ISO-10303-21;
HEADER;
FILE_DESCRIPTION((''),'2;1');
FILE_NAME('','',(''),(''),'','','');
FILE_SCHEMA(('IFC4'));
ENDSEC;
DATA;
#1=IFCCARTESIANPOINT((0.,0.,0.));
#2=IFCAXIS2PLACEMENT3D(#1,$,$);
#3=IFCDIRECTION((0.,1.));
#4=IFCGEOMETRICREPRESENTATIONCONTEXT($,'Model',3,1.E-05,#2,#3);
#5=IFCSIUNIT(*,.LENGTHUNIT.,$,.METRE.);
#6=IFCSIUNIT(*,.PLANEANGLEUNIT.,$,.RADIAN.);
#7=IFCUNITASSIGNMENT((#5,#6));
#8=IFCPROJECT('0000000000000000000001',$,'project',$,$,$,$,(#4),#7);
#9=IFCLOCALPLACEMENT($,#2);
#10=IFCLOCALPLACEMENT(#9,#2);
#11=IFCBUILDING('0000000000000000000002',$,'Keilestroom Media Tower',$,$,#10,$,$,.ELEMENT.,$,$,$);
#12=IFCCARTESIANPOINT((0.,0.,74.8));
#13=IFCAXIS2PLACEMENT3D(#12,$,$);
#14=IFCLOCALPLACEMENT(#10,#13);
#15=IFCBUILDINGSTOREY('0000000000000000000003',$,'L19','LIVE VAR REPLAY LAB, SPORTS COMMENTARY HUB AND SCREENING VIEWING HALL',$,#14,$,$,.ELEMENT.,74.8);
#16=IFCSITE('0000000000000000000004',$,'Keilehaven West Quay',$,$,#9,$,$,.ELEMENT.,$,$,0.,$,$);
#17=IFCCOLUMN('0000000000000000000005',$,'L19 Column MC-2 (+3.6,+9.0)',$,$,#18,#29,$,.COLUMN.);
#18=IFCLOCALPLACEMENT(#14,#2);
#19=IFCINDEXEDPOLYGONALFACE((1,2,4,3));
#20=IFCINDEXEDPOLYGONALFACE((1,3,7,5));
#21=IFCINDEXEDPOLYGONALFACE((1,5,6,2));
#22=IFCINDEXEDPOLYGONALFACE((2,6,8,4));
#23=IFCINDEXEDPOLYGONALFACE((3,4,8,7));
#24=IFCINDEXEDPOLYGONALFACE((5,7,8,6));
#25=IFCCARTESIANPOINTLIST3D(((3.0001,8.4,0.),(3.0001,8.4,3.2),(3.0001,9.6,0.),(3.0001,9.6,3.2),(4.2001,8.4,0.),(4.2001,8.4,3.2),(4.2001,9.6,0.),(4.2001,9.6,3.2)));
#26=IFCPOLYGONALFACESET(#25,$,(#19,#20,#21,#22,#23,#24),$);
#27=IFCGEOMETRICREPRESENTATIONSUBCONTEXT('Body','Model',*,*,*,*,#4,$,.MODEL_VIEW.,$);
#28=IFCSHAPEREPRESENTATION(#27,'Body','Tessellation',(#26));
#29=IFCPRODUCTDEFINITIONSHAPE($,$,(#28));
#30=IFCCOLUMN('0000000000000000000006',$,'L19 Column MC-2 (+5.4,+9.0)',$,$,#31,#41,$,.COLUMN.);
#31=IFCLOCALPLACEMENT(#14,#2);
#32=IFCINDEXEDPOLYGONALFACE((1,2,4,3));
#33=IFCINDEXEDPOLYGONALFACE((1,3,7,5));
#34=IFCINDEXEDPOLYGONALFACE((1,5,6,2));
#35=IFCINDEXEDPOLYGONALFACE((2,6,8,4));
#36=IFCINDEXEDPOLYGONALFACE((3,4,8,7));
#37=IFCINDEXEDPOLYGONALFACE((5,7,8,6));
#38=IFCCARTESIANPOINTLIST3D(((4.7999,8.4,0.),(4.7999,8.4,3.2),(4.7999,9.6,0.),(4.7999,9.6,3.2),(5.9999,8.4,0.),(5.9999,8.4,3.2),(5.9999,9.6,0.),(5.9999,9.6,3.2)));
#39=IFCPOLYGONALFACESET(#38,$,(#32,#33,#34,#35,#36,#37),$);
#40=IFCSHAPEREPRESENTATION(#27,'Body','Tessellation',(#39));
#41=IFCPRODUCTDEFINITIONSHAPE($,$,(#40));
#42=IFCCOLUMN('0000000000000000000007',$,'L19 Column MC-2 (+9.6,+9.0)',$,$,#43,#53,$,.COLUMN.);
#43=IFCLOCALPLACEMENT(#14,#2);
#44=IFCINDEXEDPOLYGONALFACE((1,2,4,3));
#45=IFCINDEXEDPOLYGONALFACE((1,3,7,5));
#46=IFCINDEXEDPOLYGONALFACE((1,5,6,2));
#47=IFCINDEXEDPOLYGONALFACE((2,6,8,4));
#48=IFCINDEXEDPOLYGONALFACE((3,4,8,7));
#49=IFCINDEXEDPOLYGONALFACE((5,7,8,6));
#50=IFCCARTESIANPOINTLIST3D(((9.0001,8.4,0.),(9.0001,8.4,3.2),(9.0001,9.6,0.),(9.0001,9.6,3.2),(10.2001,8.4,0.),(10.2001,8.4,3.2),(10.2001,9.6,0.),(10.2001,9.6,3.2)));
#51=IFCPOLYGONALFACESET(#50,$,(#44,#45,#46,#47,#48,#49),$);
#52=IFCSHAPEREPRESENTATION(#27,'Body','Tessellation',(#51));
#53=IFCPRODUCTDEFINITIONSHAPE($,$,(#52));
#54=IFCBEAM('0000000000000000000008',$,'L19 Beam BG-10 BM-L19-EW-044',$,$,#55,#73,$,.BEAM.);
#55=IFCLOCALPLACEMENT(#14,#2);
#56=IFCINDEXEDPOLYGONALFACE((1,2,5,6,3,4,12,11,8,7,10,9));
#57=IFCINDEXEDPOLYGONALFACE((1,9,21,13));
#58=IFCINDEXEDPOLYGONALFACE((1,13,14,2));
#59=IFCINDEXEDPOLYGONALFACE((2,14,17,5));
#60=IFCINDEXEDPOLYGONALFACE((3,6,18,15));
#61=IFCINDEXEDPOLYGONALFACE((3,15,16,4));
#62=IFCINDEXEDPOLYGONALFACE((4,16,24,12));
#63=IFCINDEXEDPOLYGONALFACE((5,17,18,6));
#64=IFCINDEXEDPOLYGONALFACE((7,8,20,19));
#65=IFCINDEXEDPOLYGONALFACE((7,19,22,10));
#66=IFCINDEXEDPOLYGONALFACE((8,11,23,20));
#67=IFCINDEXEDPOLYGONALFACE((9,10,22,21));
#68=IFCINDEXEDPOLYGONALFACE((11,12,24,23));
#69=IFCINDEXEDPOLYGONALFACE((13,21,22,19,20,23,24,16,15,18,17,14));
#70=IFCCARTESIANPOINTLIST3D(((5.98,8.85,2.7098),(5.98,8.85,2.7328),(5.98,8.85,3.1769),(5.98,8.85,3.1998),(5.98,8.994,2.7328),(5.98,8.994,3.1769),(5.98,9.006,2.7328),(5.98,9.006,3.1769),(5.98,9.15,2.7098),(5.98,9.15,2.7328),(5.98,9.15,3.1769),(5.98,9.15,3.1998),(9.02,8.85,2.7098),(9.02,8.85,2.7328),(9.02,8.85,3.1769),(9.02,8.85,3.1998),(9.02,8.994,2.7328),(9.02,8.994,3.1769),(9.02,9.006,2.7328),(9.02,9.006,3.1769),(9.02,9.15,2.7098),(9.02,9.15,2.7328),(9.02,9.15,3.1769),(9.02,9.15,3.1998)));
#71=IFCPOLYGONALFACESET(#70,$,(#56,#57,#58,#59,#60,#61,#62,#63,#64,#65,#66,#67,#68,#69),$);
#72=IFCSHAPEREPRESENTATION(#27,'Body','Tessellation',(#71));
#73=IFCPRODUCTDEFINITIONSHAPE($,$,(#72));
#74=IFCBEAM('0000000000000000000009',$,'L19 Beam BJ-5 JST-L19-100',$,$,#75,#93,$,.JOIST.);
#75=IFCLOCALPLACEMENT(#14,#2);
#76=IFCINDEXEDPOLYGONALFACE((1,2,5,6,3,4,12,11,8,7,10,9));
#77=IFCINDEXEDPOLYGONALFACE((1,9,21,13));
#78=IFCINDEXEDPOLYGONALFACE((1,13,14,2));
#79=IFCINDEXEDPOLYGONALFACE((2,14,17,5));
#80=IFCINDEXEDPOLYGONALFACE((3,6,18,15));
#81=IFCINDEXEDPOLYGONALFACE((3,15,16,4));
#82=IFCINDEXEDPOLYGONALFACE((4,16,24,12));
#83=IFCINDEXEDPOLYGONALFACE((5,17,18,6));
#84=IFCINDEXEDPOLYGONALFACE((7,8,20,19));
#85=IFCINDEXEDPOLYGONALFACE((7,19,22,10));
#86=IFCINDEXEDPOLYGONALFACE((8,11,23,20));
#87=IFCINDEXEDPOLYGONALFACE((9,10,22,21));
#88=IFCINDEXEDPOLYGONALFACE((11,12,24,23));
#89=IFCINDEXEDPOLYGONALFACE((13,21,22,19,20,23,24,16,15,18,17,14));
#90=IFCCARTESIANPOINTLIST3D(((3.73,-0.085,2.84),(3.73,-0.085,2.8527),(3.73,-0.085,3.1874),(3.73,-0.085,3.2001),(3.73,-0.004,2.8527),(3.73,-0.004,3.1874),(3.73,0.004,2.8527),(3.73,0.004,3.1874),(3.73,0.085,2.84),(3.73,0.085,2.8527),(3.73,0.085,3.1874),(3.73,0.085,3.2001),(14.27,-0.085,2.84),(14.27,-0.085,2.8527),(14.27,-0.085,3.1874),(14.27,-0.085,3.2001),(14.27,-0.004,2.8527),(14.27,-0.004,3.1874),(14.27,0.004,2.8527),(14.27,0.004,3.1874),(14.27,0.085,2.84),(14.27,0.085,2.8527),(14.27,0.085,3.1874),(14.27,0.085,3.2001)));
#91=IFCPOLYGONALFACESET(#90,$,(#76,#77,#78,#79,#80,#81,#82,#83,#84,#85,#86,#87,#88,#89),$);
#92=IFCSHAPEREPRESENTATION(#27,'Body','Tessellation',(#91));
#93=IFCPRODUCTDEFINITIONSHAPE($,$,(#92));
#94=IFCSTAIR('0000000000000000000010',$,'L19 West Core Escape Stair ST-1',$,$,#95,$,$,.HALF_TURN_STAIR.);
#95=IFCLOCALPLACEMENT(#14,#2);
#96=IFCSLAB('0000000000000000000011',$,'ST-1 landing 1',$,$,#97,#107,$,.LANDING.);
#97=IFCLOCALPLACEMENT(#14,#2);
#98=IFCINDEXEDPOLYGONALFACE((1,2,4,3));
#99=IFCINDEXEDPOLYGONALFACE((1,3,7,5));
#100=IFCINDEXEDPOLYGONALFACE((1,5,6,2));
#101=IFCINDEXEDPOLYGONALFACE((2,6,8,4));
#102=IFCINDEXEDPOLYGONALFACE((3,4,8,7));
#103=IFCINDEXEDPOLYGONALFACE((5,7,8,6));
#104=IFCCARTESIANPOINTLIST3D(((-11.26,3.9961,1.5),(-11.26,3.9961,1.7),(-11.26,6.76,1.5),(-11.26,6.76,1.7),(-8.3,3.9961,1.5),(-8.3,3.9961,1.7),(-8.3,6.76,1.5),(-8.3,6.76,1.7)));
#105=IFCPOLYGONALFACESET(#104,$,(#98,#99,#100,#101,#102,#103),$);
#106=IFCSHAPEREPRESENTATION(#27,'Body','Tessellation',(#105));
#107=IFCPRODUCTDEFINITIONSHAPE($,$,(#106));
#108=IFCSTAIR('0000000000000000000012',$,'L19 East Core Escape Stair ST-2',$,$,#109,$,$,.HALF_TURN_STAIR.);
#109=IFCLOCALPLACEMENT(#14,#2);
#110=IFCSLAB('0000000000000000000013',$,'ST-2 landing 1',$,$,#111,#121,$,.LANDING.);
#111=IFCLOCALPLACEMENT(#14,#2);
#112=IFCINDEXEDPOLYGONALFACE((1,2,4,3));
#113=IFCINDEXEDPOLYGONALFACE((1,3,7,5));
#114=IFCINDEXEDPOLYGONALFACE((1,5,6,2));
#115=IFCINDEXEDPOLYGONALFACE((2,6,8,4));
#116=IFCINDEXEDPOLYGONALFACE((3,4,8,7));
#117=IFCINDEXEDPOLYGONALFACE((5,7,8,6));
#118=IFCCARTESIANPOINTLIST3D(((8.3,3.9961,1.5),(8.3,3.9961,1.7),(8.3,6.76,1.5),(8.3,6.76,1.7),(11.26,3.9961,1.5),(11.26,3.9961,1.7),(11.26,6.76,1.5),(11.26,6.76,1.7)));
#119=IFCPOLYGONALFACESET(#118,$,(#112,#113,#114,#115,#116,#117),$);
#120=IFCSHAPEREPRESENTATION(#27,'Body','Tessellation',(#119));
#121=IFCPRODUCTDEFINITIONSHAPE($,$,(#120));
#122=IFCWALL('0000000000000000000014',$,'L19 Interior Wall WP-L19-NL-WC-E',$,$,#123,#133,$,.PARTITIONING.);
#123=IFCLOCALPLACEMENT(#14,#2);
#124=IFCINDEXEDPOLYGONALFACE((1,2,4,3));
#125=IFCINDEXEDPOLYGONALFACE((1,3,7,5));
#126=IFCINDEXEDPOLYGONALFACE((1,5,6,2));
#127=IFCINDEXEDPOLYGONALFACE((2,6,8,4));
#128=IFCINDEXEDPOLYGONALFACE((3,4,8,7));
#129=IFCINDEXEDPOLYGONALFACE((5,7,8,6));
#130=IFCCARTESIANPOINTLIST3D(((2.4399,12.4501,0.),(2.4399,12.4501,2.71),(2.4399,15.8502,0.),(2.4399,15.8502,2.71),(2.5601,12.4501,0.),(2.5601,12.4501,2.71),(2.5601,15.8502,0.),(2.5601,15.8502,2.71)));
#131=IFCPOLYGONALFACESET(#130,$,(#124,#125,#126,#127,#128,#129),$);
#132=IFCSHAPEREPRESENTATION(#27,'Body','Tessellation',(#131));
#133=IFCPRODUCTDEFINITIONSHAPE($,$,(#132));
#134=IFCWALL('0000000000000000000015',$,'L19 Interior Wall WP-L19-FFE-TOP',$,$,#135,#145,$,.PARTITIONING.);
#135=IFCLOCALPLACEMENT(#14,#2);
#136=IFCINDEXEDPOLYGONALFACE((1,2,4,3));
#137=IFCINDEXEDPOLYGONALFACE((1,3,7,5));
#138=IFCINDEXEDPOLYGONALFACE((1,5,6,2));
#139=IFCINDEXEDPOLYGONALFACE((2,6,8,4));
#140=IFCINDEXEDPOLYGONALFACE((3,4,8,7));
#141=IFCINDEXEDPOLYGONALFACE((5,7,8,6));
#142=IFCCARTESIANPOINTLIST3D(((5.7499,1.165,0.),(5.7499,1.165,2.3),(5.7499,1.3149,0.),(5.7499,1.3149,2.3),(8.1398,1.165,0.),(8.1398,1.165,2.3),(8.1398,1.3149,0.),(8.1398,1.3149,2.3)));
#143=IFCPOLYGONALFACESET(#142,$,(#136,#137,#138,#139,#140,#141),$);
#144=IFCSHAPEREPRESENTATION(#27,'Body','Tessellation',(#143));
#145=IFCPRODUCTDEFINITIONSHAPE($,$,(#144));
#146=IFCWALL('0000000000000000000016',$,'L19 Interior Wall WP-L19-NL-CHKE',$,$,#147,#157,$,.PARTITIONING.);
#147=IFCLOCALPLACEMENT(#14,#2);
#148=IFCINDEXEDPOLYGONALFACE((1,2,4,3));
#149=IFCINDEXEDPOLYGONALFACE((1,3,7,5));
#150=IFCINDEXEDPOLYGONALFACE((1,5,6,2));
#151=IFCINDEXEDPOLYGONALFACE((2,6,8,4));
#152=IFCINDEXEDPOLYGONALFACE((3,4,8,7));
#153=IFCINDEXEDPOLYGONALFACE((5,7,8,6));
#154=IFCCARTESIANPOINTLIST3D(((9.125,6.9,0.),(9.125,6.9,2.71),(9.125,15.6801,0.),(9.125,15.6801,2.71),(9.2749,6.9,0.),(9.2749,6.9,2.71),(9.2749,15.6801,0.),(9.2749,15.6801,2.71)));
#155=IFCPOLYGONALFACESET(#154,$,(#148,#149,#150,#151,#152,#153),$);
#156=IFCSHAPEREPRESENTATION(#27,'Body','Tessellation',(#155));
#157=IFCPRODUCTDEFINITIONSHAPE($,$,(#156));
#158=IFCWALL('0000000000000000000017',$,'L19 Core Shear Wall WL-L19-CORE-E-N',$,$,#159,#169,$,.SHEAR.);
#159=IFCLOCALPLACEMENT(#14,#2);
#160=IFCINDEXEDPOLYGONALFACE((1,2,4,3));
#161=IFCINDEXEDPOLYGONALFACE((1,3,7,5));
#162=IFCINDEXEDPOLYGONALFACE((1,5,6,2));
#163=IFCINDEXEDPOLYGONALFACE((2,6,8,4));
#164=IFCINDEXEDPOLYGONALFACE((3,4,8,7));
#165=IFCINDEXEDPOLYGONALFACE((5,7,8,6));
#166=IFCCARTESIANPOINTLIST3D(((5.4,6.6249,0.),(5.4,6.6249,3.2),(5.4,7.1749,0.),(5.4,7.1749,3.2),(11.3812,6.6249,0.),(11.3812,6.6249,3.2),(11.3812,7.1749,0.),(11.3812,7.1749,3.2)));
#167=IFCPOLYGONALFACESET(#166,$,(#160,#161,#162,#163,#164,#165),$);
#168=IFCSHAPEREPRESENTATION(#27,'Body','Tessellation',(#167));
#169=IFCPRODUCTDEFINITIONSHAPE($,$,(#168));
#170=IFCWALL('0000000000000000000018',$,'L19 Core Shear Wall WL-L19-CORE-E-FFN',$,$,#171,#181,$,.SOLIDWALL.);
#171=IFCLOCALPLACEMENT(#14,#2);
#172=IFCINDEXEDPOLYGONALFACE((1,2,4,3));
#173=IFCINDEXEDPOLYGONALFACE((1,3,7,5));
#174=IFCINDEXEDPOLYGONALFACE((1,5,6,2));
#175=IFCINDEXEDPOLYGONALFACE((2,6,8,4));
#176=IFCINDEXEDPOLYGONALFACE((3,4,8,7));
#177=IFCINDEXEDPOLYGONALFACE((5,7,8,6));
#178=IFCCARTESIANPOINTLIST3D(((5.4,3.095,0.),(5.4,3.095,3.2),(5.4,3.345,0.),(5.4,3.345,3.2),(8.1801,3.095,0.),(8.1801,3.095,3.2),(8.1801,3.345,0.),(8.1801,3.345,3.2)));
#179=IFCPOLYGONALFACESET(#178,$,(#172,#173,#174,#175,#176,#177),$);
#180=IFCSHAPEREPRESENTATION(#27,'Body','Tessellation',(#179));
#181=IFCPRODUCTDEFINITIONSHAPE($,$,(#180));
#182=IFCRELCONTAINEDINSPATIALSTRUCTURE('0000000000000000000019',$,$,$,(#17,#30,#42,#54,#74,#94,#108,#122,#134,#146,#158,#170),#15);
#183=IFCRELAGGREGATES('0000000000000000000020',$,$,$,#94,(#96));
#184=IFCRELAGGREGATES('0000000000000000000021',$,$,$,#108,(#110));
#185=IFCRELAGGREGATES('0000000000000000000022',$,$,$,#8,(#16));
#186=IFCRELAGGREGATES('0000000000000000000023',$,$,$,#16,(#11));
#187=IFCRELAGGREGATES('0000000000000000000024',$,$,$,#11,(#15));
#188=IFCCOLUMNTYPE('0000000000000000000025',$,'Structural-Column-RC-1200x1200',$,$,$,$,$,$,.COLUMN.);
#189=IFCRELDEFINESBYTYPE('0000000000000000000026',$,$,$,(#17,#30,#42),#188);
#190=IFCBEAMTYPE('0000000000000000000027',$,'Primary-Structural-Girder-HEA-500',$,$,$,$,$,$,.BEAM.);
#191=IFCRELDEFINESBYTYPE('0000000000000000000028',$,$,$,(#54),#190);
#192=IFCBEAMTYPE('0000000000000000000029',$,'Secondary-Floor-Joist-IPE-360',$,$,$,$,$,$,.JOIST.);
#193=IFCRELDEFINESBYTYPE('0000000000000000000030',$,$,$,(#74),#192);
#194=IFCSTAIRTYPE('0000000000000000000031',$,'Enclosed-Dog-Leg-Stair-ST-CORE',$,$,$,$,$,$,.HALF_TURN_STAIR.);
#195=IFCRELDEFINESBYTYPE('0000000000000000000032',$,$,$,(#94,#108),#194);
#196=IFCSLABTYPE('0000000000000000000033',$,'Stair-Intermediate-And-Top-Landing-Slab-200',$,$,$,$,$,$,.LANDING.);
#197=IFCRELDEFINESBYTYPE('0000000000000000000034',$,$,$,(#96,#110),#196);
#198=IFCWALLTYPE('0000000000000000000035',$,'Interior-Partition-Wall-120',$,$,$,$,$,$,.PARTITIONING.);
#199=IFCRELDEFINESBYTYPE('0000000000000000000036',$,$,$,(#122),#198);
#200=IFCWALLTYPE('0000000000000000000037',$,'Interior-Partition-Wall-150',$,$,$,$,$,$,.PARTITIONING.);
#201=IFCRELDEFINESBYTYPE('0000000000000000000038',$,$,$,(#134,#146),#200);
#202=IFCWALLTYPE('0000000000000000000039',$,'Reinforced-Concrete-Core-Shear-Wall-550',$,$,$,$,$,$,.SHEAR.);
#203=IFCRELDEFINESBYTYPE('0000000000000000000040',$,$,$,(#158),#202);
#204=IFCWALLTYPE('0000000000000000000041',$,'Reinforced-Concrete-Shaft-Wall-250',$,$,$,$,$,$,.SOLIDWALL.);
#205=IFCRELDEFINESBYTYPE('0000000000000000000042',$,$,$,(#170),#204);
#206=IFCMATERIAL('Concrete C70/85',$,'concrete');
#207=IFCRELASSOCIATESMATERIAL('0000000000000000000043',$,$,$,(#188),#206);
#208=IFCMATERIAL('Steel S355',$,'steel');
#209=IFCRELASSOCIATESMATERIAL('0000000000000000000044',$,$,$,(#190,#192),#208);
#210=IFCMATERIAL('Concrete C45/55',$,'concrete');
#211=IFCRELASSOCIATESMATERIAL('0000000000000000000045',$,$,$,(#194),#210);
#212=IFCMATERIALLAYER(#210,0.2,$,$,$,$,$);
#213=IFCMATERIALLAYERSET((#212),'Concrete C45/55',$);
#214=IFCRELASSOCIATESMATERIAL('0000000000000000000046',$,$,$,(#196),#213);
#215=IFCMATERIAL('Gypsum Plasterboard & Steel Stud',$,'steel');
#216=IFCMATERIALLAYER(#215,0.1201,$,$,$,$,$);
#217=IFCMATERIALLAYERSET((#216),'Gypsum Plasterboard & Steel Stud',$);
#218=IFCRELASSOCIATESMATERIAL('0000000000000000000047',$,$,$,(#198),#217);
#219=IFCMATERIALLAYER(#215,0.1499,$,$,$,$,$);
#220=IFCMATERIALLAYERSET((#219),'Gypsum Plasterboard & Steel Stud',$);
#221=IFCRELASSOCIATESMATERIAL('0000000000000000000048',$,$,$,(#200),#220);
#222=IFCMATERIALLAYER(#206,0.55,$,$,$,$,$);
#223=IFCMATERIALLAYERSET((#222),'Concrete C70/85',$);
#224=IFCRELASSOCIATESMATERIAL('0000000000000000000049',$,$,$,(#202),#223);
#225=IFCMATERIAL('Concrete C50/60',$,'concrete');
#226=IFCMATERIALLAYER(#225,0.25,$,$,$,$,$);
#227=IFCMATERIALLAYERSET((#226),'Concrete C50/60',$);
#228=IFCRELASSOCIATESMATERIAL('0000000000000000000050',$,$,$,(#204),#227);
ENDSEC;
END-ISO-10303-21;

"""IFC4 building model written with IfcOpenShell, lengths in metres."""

from ifc_helpers import new_model, si_unit, direction, frame, frame_2d, origin, origin_2d, place, context, subcontext, project, spatial, polyline, rectangle, i_section, outline, extrude, source, transform, mapped, material, layer, layer_set, material_profile, profile_set, type_object, element, aggregate, save


model = new_model("IFC4")

# Units and contexts
model_context = context("Model", 3, precision=1e-05, world=origin(), true_north=direction((0.0, 1.0)))
body_context = subcontext(model_context, "Body", "Model", "MODEL_VIEW")
ifc_project = project(units=[si_unit("LENGTHUNIT", "METRE"), si_unit("PLANEANGLEUNIT", "RADIAN")], contexts=[model_context])

# Site, building, storey
site_placement = place(None, origin())
site = spatial("IfcSite", under=ifc_project, at=site_placement, Name="Keilehaven West Quay", CompositionType="ELEMENT", RefElevation=0.0)
building_placement = place(site_placement, origin())
building = spatial("IfcBuilding", under=site, at=building_placement, Name="Keilestroom Media Tower", CompositionType="ELEMENT")
storey_placement = place(building_placement, frame((0.0, 0.0, 74.8)))
storey = spatial("IfcBuildingStorey", under=building, at=storey_placement, Name="L19", Description="LIVE VAR REPLAY LAB, SPORTS COMMENTARY HUB AND SCREENING VIEWING HALL", CompositionType="ELEMENT", Elevation=74.8)

# Columns
ifc_material_1 = material(Name="Concrete C70/85", Category="concrete")
ifc_material_profile_1 = material_profile(ifc_material_1, rectangle(XDim=1.2, YDim=1.2, at=origin_2d()), Name="RC 1200x1200")
ifc_profile_set_1 = profile_set([ifc_material_profile_1], Name="Concrete C70/85")
column_type = type_object("IfcColumnType", Name="Structural-Column-RC-1200x1200", PredefinedType="COLUMN", material=ifc_profile_set_1)
shared_shape_1 = source(origin(), body_context, "Body", "SweptSolid", [
    extrude(rectangle(XDim=1.2, YDim=1.2, at=origin_2d()), origin(), (0.0, 0.0, 1.0), 3.2),
])
for number, where, z_axis, x_axis, name in (
    (1, (3.6001, 9.0, 0.0), (0.0, 0.0, 1.0), (1.0, 0.0, 0.0), "L19 Column MC-2 (+3.6,+9.0)"),
    (2, (5.3999, 9.0, 0.0), (0.0, 0.0, 1.0), (1.0, 0.0, 0.0), "L19 Column MC-2 (+5.4,+9.0)"),
    (3, (9.6001, 9.0, 0.0), (0.0, 0.0, 1.0), (1.0, 0.0, 0.0), "L19 Column MC-2 (+9.6,+9.0)"),
):
    element("IfcColumn", number, at=place(storey_placement, frame(where, z_axis=z_axis, x_axis=x_axis)), inside=storey, type_object=column_type, Name=name, PredefinedType="COLUMN", context=body_context, shape_type="MappedRepresentation", body=[
        mapped(shared_shape_1, transform((0.0, 0.0, 0.0), x_axis=(1.0, 0.0, 0.0), y_axis=(0.0, 1.0, 0.0), z_axis=(0.0, 0.0, 1.0), scale=1.0)),
    ])

# Beams
ifc_material_2 = material(Name="Steel S355", Category="steel")
ifc_material_profile_2 = material_profile(ifc_material_2, i_section(OverallWidth=0.3, OverallDepth=0.49, WebThickness=0.012, FlangeThickness=0.0229, at=origin_2d()), Name="HEA 500")
ifc_profile_set_2 = profile_set([ifc_material_profile_2], Name="Steel S355")
beam_type_1 = type_object("IfcBeamType", Name="Primary-Structural-Girder-HEA-500", PredefinedType="BEAM", material=ifc_profile_set_2)
shared_shape_2 = source(origin(), body_context, "Body", "SweptSolid", [
    extrude(i_section(OverallWidth=0.3, OverallDepth=0.49, WebThickness=0.012, FlangeThickness=0.0229, at=origin_2d()), origin(), (0.0, 0.0, 1.0), 3.04),
])
beam_1_placement = place(storey_placement, frame((5.98, 9.0, 2.9548), z_axis=(1.0, 0.0, 0.0), x_axis=(0.0, 1.0, 0.0)))
element("IfcBeam", 4, at=beam_1_placement, inside=storey, type_object=beam_type_1, Name="L19 Beam BG-10 BM-L19-EW-044", PredefinedType="BEAM", context=body_context, shape_type="MappedRepresentation", body=[
    mapped(shared_shape_2, transform((0.0, 0.0, 0.0), x_axis=(1.0, 0.0, 0.0), y_axis=(0.0, 1.0, 0.0), z_axis=(0.0, 0.0, 1.0), scale=1.0)),
])
ifc_material_profile_3 = material_profile(ifc_material_2, i_section(OverallWidth=0.1699, OverallDepth=0.3601, WebThickness=0.0081, FlangeThickness=0.0127, at=origin_2d()), Name="IPE 360")
ifc_profile_set_3 = profile_set([ifc_material_profile_3], Name="Steel S355")
beam_type_2 = type_object("IfcBeamType", Name="Secondary-Floor-Joist-IPE-360", PredefinedType="JOIST", material=ifc_profile_set_3)
shared_shape_3 = source(origin(), body_context, "Body", "SweptSolid", [
    extrude(i_section(OverallWidth=0.1699, OverallDepth=0.3601, WebThickness=0.0081, FlangeThickness=0.0127, at=origin_2d()), origin(), (0.0, 0.0, 1.0), 10.54),
])
beam_2_placement = place(storey_placement, frame((3.73, 0.0, 3.02), z_axis=(1.0, 0.0, 0.0), x_axis=(0.0, 1.0, 0.0)))
element("IfcBeam", 5, at=beam_2_placement, inside=storey, type_object=beam_type_2, Name="L19 Beam BJ-5 JST-L19-100", PredefinedType="JOIST", context=body_context, shape_type="MappedRepresentation", body=[
    mapped(shared_shape_3, transform((0.0, 0.0, 0.0), x_axis=(1.0, 0.0, 0.0), y_axis=(0.0, 1.0, 0.0), z_axis=(0.0, 0.0, 1.0), scale=1.0)),
])

# Stairs, slabs
ifc_material_3 = material(Name="Concrete C45/55", Category="concrete")
stair_type = type_object("IfcStairType", Name="Enclosed-Dog-Leg-Stair-ST-CORE", PredefinedType="HALF_TURN_STAIR", material=ifc_material_3)
stair_1_placement = place(storey_placement, origin())
stair_1 = element("IfcStair", 6, at=stair_1_placement, inside=storey, type_object=stair_type, Name="L19 West Core Escape Stair ST-1", PredefinedType="HALF_TURN_STAIR")
ifc_layer_1 = layer(ifc_material_3, 0.2)
ifc_layer_set_1 = layer_set([ifc_layer_1], Name="Concrete C45/55")
slab_type = type_object("IfcSlabType", Name="Stair-Intermediate-And-Top-Landing-Slab-200", PredefinedType="LANDING", material=ifc_layer_set_1)
slab_1_placement = place(storey_placement, frame((0.0, 0.0, 1.5)))
slab_1 = element("IfcSlab", 7, at=slab_1_placement, type_object=slab_type, Name="ST-1 landing 1", PredefinedType="LANDING", context=body_context, shape_type="SweptSolid", body=[
    extrude(outline(polyline([(-8.3, 3.9961), (-8.3, 6.76), (-11.26, 6.76), (-11.26, 3.9961), (-8.3, 3.9961)])), origin(), (0.0, 0.0, 1.0), 0.2),
])
aggregate(stair_1, [slab_1])
stair_2_placement = place(storey_placement, origin())
stair_2 = element("IfcStair", 8, at=stair_2_placement, inside=storey, type_object=stair_type, Name="L19 East Core Escape Stair ST-2", PredefinedType="HALF_TURN_STAIR")
slab_2_placement = place(storey_placement, frame((0.0, 0.0, 1.5)))
slab_2 = element("IfcSlab", 9, at=slab_2_placement, type_object=slab_type, Name="ST-2 landing 1", PredefinedType="LANDING", context=body_context, shape_type="SweptSolid", body=[
    extrude(outline(polyline([(11.26, 3.9961), (11.26, 6.76), (8.3, 6.76), (8.3, 3.9961), (11.26, 3.9961)])), origin(), (0.0, 0.0, 1.0), 0.2),
])

# Walls
ifc_material_4 = material(Name="Gypsum Plasterboard & Steel Stud", Category="steel")
ifc_layer_2 = layer(ifc_material_4, 0.1201)
ifc_layer_set_2 = layer_set([ifc_layer_2], Name="Gypsum Plasterboard & Steel Stud")
wall_type_1 = type_object("IfcWallType", Name="Interior-Partition-Wall-120", PredefinedType="PARTITIONING", material=ifc_layer_set_2)
wall_1_placement = place(storey_placement, frame((2.5, 12.45, 0.0), z_axis=(0.0, 0.0, 1.0), x_axis=(0.0, 1.0, 0.0)))
element("IfcWall", 10, at=wall_1_placement, inside=storey, type_object=wall_type_1, Name="L19 Interior Wall WP-L19-NL-WC-E", PredefinedType="PARTITIONING", context=body_context, shape_type="SweptSolid", body=[
    extrude(rectangle(XDim=3.4001, YDim=0.1201, at=frame_2d((1.7002, 0.0))), origin(), (0.0, 0.0, 1.0), 2.71),
])
ifc_layer_3 = layer(ifc_material_4, 0.1499)
ifc_layer_set_3 = layer_set([ifc_layer_3], Name="Gypsum Plasterboard & Steel Stud")
wall_type_2 = type_object("IfcWallType", Name="Interior-Partition-Wall-150", PredefinedType="PARTITIONING", material=ifc_layer_set_3)
wall_2_placement = place(storey_placement, frame((5.75, 1.24, 0.0), z_axis=(0.0, 0.0, 1.0), x_axis=(1.0, 0.0, 0.0)))
element("IfcWall", 11, at=wall_2_placement, inside=storey, type_object=wall_type_2, Name="L19 Interior Wall WP-L19-FFE-TOP", PredefinedType="PARTITIONING", context=body_context, shape_type="SweptSolid", body=[
    extrude(rectangle(XDim=2.3899, YDim=0.1499, at=frame_2d((1.1948, 0.0))), origin(), (0.0, 0.0, 1.0), 2.3),
])
wall_3_placement = place(storey_placement, frame((9.2, 6.8999, 0.0), z_axis=(0.0, 0.0, 1.0), x_axis=(0.0, 1.0, 0.0)))
element("IfcWall", 12, at=wall_3_placement, inside=storey, type_object=wall_type_2, Name="L19 Interior Wall WP-L19-NL-CHKE", PredefinedType="PARTITIONING", context=body_context, shape_type="SweptSolid", body=[
    extrude(rectangle(XDim=8.78, YDim=0.1499, at=frame_2d((4.3901, 0.0))), origin(), (0.0, 0.0, 1.0), 2.71),
])
ifc_layer_4 = layer(ifc_material_1, 0.55)
ifc_layer_set_4 = layer_set([ifc_layer_4], Name="Concrete C70/85")
wall_type_3 = type_object("IfcWallType", Name="Reinforced-Concrete-Core-Shear-Wall-550", PredefinedType="SHEAR", material=ifc_layer_set_4)
wall_4_placement = place(storey_placement, frame((5.3999, 6.8999, 0.0), z_axis=(0.0, 0.0, 1.0), x_axis=(1.0, 0.0, 0.0)))
element("IfcWall", 13, at=wall_4_placement, inside=storey, type_object=wall_type_3, Name="L19 Core Shear Wall WL-L19-CORE-E-N", PredefinedType="SHEAR", context=body_context, shape_type="SweptSolid", body=[
    extrude(rectangle(XDim=5.9812, YDim=0.55, at=frame_2d((2.9907, 0.0))), origin(), (0.0, 0.0, 1.0), 3.2),
])
ifc_material_5 = material(Name="Concrete C50/60", Category="concrete")
ifc_layer_5 = layer(ifc_material_5, 0.25)
ifc_layer_set_5 = layer_set([ifc_layer_5], Name="Concrete C50/60")
wall_type_4 = type_object("IfcWallType", Name="Reinforced-Concrete-Shaft-Wall-250", PredefinedType="SOLIDWALL", material=ifc_layer_set_5)
wall_5_placement = place(storey_placement, frame((5.3999, 3.22, 0.0), z_axis=(0.0, 0.0, 1.0), x_axis=(1.0, 0.0, 0.0)))
element("IfcWall", 14, at=wall_5_placement, inside=storey, type_object=wall_type_4, Name="L19 Core Shear Wall WL-L19-CORE-E-FFN", PredefinedType="SOLIDWALL", context=body_context, shape_type="SweptSolid", body=[
    extrude(rectangle(XDim=2.78, YDim=0.25, at=frame_2d((1.3901, 0.0))), origin(), (0.0, 0.0, 1.0), 3.2),
])

aggregate(stair_2, [slab_2])

save(model, "model.ifc")
